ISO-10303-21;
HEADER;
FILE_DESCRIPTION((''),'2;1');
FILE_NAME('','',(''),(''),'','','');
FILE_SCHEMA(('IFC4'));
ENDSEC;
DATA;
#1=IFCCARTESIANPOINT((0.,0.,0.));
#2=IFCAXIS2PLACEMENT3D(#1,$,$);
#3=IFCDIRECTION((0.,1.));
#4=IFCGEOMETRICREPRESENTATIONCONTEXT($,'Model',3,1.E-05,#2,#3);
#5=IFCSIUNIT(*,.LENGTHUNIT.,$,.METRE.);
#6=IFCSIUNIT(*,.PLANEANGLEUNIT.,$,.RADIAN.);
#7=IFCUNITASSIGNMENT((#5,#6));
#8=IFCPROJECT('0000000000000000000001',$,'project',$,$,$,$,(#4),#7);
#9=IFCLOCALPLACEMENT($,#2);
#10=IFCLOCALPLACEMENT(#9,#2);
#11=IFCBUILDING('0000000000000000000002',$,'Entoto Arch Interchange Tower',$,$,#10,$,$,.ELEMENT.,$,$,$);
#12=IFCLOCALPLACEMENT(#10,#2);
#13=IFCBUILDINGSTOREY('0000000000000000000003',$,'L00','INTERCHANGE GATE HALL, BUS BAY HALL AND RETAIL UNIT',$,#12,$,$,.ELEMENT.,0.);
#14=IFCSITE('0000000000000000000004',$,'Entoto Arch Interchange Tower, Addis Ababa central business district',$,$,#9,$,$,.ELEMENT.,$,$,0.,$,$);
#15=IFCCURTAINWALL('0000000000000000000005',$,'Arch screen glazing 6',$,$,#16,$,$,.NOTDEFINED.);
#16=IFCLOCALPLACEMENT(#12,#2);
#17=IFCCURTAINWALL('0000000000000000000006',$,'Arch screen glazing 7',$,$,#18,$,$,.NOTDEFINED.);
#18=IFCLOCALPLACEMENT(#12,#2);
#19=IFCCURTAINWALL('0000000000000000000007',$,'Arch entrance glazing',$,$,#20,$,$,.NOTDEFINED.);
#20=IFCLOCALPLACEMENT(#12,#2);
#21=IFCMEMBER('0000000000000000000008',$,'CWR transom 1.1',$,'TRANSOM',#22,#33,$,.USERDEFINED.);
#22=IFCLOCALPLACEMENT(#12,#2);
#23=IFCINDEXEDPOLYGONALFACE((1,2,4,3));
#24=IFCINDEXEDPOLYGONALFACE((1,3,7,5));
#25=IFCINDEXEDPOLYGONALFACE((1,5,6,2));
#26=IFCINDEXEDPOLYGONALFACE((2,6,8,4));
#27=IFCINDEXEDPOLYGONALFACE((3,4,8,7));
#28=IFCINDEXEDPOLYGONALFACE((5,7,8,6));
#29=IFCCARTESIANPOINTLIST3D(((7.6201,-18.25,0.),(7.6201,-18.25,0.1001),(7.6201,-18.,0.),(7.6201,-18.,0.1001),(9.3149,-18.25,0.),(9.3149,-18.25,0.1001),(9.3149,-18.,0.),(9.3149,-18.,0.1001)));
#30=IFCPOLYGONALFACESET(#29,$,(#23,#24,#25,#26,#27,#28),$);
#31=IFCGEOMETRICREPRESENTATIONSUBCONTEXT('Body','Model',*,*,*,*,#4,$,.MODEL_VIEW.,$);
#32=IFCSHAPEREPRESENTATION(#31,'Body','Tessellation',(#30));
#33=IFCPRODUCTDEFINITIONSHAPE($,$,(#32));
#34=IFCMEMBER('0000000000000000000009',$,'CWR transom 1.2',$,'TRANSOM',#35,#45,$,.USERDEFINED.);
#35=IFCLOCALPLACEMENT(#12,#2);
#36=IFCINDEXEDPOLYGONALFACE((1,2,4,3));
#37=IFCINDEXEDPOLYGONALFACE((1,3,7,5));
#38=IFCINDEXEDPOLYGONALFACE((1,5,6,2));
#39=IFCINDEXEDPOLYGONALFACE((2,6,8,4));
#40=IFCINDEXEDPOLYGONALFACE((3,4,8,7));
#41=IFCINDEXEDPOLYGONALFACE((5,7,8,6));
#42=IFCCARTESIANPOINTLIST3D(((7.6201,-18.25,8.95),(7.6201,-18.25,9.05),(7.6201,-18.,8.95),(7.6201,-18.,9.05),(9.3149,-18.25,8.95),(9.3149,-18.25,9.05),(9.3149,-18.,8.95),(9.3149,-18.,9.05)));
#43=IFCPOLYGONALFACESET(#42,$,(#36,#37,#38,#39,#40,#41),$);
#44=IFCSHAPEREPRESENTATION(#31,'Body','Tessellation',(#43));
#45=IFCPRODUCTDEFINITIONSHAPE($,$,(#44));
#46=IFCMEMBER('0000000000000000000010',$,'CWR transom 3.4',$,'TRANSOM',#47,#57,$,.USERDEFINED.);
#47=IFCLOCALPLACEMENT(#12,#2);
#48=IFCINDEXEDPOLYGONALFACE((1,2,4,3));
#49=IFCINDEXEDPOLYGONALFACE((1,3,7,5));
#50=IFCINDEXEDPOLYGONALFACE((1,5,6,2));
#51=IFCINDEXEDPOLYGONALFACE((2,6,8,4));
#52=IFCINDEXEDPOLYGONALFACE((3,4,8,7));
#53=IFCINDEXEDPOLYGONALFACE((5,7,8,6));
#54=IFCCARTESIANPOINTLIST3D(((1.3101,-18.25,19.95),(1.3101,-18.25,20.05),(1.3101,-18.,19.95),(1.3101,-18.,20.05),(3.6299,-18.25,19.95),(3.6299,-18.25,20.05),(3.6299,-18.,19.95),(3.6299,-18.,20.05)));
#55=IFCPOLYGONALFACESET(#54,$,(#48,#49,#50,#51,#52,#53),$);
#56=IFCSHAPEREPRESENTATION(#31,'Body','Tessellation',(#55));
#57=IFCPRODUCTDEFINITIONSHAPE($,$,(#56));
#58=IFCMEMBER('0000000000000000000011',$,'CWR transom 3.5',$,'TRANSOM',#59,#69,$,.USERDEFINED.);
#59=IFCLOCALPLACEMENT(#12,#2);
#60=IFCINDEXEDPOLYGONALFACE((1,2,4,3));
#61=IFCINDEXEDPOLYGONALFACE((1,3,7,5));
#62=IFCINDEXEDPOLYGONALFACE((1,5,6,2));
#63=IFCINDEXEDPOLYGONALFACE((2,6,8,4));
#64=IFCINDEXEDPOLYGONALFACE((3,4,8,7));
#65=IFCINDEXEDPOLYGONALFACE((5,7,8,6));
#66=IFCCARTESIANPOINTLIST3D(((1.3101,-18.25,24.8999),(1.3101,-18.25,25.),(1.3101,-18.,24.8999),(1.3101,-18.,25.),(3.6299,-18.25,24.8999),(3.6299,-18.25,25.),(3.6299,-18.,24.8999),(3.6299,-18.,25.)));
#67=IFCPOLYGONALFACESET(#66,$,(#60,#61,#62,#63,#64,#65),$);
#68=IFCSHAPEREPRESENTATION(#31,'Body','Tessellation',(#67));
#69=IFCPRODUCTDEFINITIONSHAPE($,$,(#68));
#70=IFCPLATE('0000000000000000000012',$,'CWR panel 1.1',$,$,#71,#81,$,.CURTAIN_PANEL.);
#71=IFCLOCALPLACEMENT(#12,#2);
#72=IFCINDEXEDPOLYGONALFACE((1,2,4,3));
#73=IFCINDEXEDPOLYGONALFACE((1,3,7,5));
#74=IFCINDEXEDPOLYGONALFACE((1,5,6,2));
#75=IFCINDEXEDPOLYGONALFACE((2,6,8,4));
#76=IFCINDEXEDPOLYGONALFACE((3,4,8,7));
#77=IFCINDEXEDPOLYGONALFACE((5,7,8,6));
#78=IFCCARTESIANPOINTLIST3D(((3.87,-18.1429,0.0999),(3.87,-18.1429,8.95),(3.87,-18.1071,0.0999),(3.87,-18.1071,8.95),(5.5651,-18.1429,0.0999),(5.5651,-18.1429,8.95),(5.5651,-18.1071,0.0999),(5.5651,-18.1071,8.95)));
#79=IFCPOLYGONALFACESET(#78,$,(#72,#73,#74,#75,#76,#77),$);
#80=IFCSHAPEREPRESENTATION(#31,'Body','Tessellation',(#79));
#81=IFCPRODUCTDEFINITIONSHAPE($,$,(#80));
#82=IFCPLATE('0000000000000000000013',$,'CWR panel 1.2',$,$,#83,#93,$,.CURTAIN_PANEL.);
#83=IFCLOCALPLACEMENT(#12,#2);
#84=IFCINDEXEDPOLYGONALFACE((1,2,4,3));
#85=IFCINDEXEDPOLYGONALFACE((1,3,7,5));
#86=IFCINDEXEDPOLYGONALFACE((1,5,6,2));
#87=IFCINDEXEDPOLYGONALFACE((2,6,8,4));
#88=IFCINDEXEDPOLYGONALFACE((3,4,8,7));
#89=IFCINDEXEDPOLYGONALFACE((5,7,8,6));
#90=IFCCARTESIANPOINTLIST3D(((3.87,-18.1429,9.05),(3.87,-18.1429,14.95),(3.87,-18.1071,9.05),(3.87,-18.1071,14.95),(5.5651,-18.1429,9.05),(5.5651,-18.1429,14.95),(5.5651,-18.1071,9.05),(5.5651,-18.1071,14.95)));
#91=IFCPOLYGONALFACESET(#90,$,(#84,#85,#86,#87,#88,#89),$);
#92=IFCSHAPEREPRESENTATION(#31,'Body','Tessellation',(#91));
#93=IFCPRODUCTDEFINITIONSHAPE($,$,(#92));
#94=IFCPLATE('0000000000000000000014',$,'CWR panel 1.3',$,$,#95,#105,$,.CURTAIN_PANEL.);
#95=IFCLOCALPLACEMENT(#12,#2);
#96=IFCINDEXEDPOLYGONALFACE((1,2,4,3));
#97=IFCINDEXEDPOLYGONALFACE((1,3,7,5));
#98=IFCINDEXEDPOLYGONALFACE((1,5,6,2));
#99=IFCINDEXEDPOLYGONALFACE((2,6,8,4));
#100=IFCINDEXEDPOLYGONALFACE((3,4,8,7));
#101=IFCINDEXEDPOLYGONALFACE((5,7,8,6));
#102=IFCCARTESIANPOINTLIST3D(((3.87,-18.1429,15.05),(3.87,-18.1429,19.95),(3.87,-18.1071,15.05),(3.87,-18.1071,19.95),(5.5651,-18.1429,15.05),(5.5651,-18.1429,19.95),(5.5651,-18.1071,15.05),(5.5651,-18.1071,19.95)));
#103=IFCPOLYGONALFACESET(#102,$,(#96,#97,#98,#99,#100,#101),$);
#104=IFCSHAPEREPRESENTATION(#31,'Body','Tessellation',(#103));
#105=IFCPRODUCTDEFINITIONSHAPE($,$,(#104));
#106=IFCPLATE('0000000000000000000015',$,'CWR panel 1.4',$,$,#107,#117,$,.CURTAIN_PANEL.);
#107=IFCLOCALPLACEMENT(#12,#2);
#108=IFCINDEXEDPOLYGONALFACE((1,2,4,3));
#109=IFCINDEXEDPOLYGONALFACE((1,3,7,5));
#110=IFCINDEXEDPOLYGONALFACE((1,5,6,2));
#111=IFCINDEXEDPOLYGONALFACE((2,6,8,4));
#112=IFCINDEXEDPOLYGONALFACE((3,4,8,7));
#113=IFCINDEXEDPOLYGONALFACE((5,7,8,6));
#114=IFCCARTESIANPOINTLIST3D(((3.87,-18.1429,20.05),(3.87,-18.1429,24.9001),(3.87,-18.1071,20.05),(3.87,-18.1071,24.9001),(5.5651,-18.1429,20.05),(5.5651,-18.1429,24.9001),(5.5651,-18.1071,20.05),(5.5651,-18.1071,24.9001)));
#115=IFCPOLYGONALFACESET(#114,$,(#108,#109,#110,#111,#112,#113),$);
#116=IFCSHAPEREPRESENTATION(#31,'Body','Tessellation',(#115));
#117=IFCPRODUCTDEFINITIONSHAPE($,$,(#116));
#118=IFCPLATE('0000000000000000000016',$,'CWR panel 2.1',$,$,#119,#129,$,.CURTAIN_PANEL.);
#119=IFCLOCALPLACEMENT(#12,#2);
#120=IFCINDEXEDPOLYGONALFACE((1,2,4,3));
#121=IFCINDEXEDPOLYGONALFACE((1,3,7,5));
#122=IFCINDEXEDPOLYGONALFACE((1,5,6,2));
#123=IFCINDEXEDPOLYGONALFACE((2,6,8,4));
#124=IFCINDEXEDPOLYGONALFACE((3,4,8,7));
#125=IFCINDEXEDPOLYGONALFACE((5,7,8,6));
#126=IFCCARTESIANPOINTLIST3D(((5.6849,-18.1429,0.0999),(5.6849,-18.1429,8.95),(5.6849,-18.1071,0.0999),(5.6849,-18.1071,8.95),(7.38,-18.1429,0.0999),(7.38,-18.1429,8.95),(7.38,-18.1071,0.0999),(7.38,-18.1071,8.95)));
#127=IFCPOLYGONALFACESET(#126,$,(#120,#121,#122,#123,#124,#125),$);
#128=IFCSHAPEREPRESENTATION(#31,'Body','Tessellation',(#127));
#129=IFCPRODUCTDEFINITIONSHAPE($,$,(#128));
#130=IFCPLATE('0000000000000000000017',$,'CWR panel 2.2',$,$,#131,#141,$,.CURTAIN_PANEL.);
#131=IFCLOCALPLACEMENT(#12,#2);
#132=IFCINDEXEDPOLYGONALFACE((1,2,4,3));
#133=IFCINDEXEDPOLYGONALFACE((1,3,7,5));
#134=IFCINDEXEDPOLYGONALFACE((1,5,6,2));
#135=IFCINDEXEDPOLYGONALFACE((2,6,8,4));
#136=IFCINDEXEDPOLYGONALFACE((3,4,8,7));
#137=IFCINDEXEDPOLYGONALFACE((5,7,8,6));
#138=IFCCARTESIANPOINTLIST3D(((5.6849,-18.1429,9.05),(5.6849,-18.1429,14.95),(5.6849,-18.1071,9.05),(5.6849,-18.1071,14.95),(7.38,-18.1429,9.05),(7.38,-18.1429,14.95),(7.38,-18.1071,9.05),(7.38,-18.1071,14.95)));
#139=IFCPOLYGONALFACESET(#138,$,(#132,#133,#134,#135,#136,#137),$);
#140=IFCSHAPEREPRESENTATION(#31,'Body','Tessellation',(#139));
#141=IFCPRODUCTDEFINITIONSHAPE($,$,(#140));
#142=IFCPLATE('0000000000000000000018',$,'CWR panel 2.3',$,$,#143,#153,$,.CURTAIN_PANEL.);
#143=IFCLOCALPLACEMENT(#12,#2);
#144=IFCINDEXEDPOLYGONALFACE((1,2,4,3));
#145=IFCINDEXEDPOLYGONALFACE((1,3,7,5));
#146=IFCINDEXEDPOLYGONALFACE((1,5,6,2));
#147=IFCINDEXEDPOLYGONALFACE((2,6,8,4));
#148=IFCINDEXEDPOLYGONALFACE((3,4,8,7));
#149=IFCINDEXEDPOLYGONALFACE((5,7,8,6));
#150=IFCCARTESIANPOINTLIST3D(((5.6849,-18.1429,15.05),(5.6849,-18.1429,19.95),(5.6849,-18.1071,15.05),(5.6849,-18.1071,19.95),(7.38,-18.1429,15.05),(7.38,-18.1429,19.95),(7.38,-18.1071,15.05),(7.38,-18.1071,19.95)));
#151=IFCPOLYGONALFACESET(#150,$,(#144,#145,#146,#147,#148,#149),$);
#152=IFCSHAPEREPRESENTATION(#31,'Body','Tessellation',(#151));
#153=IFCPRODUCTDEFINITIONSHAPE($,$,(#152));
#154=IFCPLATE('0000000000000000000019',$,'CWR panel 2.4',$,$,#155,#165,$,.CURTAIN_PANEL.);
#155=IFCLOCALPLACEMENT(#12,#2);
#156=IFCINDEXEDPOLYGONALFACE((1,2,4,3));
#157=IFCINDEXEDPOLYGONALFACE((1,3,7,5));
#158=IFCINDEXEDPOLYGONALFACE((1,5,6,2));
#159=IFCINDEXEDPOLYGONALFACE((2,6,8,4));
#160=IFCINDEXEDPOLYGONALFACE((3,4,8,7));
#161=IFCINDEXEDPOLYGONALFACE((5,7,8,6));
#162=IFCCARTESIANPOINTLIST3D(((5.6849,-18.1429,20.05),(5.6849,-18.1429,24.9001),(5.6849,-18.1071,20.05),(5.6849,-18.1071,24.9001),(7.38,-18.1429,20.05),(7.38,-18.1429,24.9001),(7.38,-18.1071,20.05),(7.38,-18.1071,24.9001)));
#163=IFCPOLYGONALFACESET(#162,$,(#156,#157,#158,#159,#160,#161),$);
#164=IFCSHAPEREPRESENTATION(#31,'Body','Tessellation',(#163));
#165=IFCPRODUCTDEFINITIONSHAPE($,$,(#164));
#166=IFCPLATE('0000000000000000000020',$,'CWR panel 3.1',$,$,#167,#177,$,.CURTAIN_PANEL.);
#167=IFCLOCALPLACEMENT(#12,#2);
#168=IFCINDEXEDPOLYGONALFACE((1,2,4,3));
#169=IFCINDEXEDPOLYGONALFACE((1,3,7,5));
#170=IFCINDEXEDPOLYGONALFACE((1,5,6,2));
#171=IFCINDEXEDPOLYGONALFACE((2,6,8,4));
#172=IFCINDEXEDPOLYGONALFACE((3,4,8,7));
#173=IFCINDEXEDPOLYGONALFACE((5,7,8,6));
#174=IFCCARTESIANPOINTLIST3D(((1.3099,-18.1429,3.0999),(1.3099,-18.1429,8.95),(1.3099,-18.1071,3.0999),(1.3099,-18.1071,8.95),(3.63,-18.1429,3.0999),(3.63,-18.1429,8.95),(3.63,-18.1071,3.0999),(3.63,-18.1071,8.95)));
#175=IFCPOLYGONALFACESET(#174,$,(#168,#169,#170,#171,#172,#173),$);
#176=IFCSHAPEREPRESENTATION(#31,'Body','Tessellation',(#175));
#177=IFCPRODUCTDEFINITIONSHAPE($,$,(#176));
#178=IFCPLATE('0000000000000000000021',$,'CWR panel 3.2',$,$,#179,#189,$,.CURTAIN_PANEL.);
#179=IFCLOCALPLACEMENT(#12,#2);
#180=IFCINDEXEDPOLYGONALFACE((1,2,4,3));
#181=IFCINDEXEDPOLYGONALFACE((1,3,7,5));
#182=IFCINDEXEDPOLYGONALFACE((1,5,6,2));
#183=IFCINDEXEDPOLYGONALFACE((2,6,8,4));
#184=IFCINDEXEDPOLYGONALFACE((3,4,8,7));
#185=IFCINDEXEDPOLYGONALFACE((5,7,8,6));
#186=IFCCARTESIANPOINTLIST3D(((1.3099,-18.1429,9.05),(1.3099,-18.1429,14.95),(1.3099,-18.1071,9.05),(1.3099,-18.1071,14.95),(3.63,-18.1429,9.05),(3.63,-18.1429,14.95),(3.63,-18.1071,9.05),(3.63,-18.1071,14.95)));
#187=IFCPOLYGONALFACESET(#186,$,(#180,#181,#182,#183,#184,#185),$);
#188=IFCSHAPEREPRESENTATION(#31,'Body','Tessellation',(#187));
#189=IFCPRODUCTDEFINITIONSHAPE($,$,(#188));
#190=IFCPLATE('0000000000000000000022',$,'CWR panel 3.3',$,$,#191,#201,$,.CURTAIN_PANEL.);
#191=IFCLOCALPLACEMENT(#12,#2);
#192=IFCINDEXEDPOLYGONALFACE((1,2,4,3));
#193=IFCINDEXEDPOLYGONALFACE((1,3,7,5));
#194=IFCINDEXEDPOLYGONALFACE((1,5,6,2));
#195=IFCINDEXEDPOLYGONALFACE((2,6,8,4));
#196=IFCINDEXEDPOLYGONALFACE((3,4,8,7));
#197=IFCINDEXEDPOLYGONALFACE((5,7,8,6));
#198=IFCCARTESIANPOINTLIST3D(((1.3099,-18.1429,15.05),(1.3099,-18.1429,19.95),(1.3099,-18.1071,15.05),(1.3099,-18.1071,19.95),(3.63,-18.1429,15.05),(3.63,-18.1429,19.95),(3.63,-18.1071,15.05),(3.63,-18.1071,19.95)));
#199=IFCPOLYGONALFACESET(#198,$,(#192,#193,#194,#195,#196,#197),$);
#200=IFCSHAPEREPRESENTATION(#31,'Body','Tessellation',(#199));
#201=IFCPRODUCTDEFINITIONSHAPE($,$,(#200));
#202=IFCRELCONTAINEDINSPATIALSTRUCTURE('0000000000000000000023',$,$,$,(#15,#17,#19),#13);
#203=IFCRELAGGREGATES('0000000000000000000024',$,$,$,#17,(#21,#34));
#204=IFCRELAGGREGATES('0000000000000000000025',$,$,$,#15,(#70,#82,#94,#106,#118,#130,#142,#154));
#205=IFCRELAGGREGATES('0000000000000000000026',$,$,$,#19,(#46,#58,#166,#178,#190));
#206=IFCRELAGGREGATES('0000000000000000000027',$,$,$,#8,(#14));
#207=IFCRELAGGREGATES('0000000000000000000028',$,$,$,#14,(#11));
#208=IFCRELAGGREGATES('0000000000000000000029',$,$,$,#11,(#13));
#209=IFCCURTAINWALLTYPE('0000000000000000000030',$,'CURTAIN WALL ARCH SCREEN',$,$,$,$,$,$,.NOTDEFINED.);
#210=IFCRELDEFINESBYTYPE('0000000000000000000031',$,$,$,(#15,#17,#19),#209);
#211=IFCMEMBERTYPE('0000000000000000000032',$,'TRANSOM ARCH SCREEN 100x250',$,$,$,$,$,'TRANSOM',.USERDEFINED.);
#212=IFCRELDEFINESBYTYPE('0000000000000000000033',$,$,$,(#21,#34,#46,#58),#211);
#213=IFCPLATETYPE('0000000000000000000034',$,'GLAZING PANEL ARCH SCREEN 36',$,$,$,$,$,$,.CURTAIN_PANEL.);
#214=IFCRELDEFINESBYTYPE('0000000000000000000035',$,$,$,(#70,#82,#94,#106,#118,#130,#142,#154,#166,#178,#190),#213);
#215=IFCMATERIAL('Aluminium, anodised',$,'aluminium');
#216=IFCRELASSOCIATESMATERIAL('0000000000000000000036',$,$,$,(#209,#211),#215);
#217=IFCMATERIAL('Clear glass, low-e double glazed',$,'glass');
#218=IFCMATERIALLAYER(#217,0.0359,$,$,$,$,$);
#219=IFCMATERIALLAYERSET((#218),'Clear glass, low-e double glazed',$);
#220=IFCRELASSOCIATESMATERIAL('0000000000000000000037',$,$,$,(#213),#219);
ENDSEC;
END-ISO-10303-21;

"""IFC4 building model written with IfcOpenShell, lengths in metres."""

from ifc_helpers import new_model, si_unit, direction, frame, origin, origin_2d, place, context, subcontext, project, spatial, rectangle, extrude, material, layer, layer_set, material_profile, profile_set, type_object, element, aggregate, save


model = new_model("IFC4")

# Units and contexts
model_context = context("Model", 3, precision=1e-05, world=origin(), true_north=direction((0.0, 1.0)))
body_context = subcontext(model_context, "Body", "Model", "MODEL_VIEW")
ifc_project = project(units=[si_unit("LENGTHUNIT", "METRE"), si_unit("PLANEANGLEUNIT", "RADIAN")], contexts=[model_context])

# Site, building, storey
site_placement = place(None, origin())
site = spatial("IfcSite", under=ifc_project, at=site_placement, Name="Entoto Arch Interchange Tower, Addis Ababa central business district", CompositionType="ELEMENT", RefElevation=0.0)
building_placement = place(site_placement, origin())
building = spatial("IfcBuilding", under=site, at=building_placement, Name="Entoto Arch Interchange Tower", CompositionType="ELEMENT")
storey_placement = place(building_placement, origin())
storey = spatial("IfcBuildingStorey", under=building, at=storey_placement, Name="L00", Description="INTERCHANGE GATE HALL, BUS BAY HALL AND RETAIL UNIT", CompositionType="ELEMENT", Elevation=0.0)

# Curtain wall
ifc_material_1 = material(Name="Aluminium, anodised", Category="aluminium")
curtain_wall_type = type_object("IfcCurtainWallType", Name="CURTAIN WALL ARCH SCREEN", PredefinedType="NOTDEFINED", material=ifc_material_1)
curtain_wall_1_placement = place(storey_placement, origin())
curtain_wall_1 = element("IfcCurtainWall", 1, at=curtain_wall_1_placement, inside=storey, type_object=curtain_wall_type, Name="Arch screen glazing 6", PredefinedType="NOTDEFINED")

# Curtain walls
curtain_wall_2_placement = place(storey_placement, origin())
curtain_wall_2 = element("IfcCurtainWall", 2, at=curtain_wall_2_placement, inside=storey, type_object=curtain_wall_type, Name="Arch screen glazing 7", PredefinedType="NOTDEFINED")
curtain_wall_3_placement = place(storey_placement, origin())
curtain_wall_3 = element("IfcCurtainWall", 3, at=curtain_wall_3_placement, inside=storey, type_object=curtain_wall_type, Name="Arch entrance glazing", PredefinedType="NOTDEFINED")

# Members
ifc_material_profile_1 = material_profile(ifc_material_1, rectangle(XDim=0.25, YDim=0.1001, at=origin_2d()))
ifc_profile_set_1 = profile_set([ifc_material_profile_1], Name="Aluminium, anodised")
member_type_1 = type_object("IfcMemberType", Name="TRANSOM ARCH SCREEN 100x250", ElementType="TRANSOM", PredefinedType="USERDEFINED", material=ifc_profile_set_1)
member_1_placement = place(storey_placement, frame((7.6201, -18.125, 0.05), z_axis=(1.0, 0.0, 0.0), x_axis=(0.0, 1.0, 0.0)))
member_1 = element("IfcMember", 4, at=member_1_placement, type_object=member_type_1, Name="CWR transom 1.1", ObjectType="TRANSOM", PredefinedType="USERDEFINED", context=body_context, shape_type="SweptSolid", body=[
    extrude(rectangle(XDim=0.25, YDim=0.1001, at=origin_2d()), origin(), (0.0, 0.0, 1.0), 1.6948),
])
member_2_placement = place(storey_placement, frame((7.6201, -18.125, 9.0), z_axis=(1.0, 0.0, 0.0), x_axis=(0.0, 1.0, 0.0)))
member_2 = element("IfcMember", 5, at=member_2_placement, type_object=member_type_1, Name="CWR transom 1.2", ObjectType="TRANSOM", PredefinedType="USERDEFINED", context=body_context, shape_type="SweptSolid", body=[
    extrude(rectangle(XDim=0.25, YDim=0.1001, at=origin_2d()), origin(), (0.0, 0.0, 1.0), 1.6948),
])
aggregate(curtain_wall_2, [member_1, member_2])
member_3_placement = place(storey_placement, frame((1.3101, -18.125, 20.0), z_axis=(1.0, 0.0, 0.0), x_axis=(0.0, 1.0, 0.0)))
member_3 = element("IfcMember", 6, at=member_3_placement, type_object=member_type_1, Name="CWR transom 3.4", ObjectType="TRANSOM", PredefinedType="USERDEFINED", context=body_context, shape_type="SweptSolid", body=[
    extrude(rectangle(XDim=0.25, YDim=0.1001, at=origin_2d()), origin(), (0.0, 0.0, 1.0), 2.3198),
])
member_4_placement = place(storey_placement, frame((1.3101, -18.125, 24.95), z_axis=(1.0, 0.0, 0.0), x_axis=(0.0, 1.0, 0.0)))
member_4 = element("IfcMember", 7, at=member_4_placement, type_object=member_type_1, Name="CWR transom 3.5", ObjectType="TRANSOM", PredefinedType="USERDEFINED", context=body_context, shape_type="SweptSolid", body=[
    extrude(rectangle(XDim=0.25, YDim=0.1001, at=origin_2d()), origin(), (0.0, 0.0, 1.0), 2.3198),
])

# Plates
ifc_material_2 = material(Name="Clear glass, low-e double glazed", Category="glass")
ifc_layer_1 = layer(ifc_material_2, 0.0359)
ifc_layer_set_1 = layer_set([ifc_layer_1], Name="Clear glass, low-e double glazed")
plate_type = type_object("IfcPlateType", Name="GLAZING PANEL ARCH SCREEN 36", PredefinedType="CURTAIN_PANEL", material=ifc_layer_set_1)
plate_1_placement = place(storey_placement, frame((4.7175, -18.125, 0.0999), z_axis=(0.0, 0.0, 1.0), x_axis=(1.0, 0.0, 0.0)))
plate_1 = element("IfcPlate", 8, at=plate_1_placement, type_object=plate_type, Name="CWR panel 1.1", PredefinedType="CURTAIN_PANEL", context=body_context, shape_type="SweptSolid", body=[
    extrude(rectangle(XDim=1.6951, YDim=0.0359, at=origin_2d()), origin(), (0.0, 0.0, 1.0), 8.8501),
])
plate_2_placement = place(storey_placement, frame((4.7175, -18.125, 9.05), z_axis=(0.0, 0.0, 1.0), x_axis=(1.0, 0.0, 0.0)))
plate_2 = element("IfcPlate", 9, at=plate_2_placement, type_object=plate_type, Name="CWR panel 1.2", PredefinedType="CURTAIN_PANEL", context=body_context, shape_type="SweptSolid", body=[
    extrude(rectangle(XDim=1.6951, YDim=0.0359, at=origin_2d()), origin(), (0.0, 0.0, 1.0), 5.8999),
])
plate_3_placement = place(storey_placement, frame((4.7175, -18.125, 15.05), z_axis=(0.0, 0.0, 1.0), x_axis=(1.0, 0.0, 0.0)))
plate_3 = element("IfcPlate", 10, at=plate_3_placement, type_object=plate_type, Name="CWR panel 1.3", PredefinedType="CURTAIN_PANEL", context=body_context, shape_type="SweptSolid", body=[
    extrude(rectangle(XDim=1.6951, YDim=0.0359, at=origin_2d()), origin(), (0.0, 0.0, 1.0), 4.8999),
])
plate_4_placement = place(storey_placement, frame((4.7175, -18.125, 20.05), z_axis=(0.0, 0.0, 1.0), x_axis=(1.0, 0.0, 0.0)))
plate_4 = element("IfcPlate", 11, at=plate_4_placement, type_object=plate_type, Name="CWR panel 1.4", PredefinedType="CURTAIN_PANEL", context=body_context, shape_type="SweptSolid", body=[
    extrude(rectangle(XDim=1.6951, YDim=0.0359, at=origin_2d()), origin(), (0.0, 0.0, 1.0), 4.8501),
])
plate_5_placement = place(storey_placement, frame((6.5325, -18.125, 0.0999), z_axis=(0.0, 0.0, 1.0), x_axis=(1.0, 0.0, 0.0)))
plate_5 = element("IfcPlate", 12, at=plate_5_placement, type_object=plate_type, Name="CWR panel 2.1", PredefinedType="CURTAIN_PANEL", context=body_context, shape_type="SweptSolid", body=[
    extrude(rectangle(XDim=1.6951, YDim=0.0359, at=origin_2d()), origin(), (0.0, 0.0, 1.0), 8.8501),
])
plate_6_placement = place(storey_placement, frame((6.5325, -18.125, 9.05), z_axis=(0.0, 0.0, 1.0), x_axis=(1.0, 0.0, 0.0)))
plate_6 = element("IfcPlate", 13, at=plate_6_placement, type_object=plate_type, Name="CWR panel 2.2", PredefinedType="CURTAIN_PANEL", context=body_context, shape_type="SweptSolid", body=[
    extrude(rectangle(XDim=1.6951, YDim=0.0359, at=origin_2d()), origin(), (0.0, 0.0, 1.0), 5.8999),
])
plate_7_placement = place(storey_placement, frame((6.5325, -18.125, 15.05), z_axis=(0.0, 0.0, 1.0), x_axis=(1.0, 0.0, 0.0)))
plate_7 = element("IfcPlate", 14, at=plate_7_placement, type_object=plate_type, Name="CWR panel 2.3", PredefinedType="CURTAIN_PANEL", context=body_context, shape_type="SweptSolid", body=[
    extrude(rectangle(XDim=1.6951, YDim=0.0359, at=origin_2d()), origin(), (0.0, 0.0, 1.0), 4.8999),
])
plate_8_placement = place(storey_placement, frame((6.5325, -18.125, 20.05), z_axis=(0.0, 0.0, 1.0), x_axis=(1.0, 0.0, 0.0)))
plate_8 = element("IfcPlate", 15, at=plate_8_placement, type_object=plate_type, Name="CWR panel 2.4", PredefinedType="CURTAIN_PANEL", context=body_context, shape_type="SweptSolid", body=[
    extrude(rectangle(XDim=1.6951, YDim=0.0359, at=origin_2d()), origin(), (0.0, 0.0, 1.0), 4.8501),
])
aggregate(curtain_wall_1, [plate_1, plate_2, plate_3, plate_4, plate_5, plate_6, plate_7, plate_8])
plate_9_placement = place(storey_placement, frame((2.47, -18.125, 3.0999), z_axis=(0.0, 0.0, 1.0), x_axis=(1.0, 0.0, 0.0)))
plate_9 = element("IfcPlate", 16, at=plate_9_placement, type_object=plate_type, Name="CWR panel 3.1", PredefinedType="CURTAIN_PANEL", context=body_context, shape_type="SweptSolid", body=[
    extrude(rectangle(XDim=2.3201, YDim=0.0359, at=origin_2d()), origin(), (0.0, 0.0, 1.0), 5.8501),
])
plate_10_placement = place(storey_placement, frame((2.47, -18.125, 9.05), z_axis=(0.0, 0.0, 1.0), x_axis=(1.0, 0.0, 0.0)))
plate_10 = element("IfcPlate", 17, at=plate_10_placement, type_object=plate_type, Name="CWR panel 3.2", PredefinedType="CURTAIN_PANEL", context=body_context, shape_type="SweptSolid", body=[
    extrude(rectangle(XDim=2.3201, YDim=0.0359, at=origin_2d()), origin(), (0.0, 0.0, 1.0), 5.8999),
])
plate_11_placement = place(storey_placement, frame((2.47, -18.125, 15.05), z_axis=(0.0, 0.0, 1.0), x_axis=(1.0, 0.0, 0.0)))
plate_11 = element("IfcPlate", 18, at=plate_11_placement, type_object=plate_type, Name="CWR panel 3.3", PredefinedType="CURTAIN_PANEL", context=body_context, shape_type="SweptSolid", body=[
    extrude(rectangle(XDim=2.3201, YDim=0.0359, at=origin_2d()), origin(), (0.0, 0.0, 1.0), 4.8999),
])
aggregate(curtain_wall_3, [member_3, member_4, plate_9, plate_10, plate_11])

save(model, "model.ifc")
